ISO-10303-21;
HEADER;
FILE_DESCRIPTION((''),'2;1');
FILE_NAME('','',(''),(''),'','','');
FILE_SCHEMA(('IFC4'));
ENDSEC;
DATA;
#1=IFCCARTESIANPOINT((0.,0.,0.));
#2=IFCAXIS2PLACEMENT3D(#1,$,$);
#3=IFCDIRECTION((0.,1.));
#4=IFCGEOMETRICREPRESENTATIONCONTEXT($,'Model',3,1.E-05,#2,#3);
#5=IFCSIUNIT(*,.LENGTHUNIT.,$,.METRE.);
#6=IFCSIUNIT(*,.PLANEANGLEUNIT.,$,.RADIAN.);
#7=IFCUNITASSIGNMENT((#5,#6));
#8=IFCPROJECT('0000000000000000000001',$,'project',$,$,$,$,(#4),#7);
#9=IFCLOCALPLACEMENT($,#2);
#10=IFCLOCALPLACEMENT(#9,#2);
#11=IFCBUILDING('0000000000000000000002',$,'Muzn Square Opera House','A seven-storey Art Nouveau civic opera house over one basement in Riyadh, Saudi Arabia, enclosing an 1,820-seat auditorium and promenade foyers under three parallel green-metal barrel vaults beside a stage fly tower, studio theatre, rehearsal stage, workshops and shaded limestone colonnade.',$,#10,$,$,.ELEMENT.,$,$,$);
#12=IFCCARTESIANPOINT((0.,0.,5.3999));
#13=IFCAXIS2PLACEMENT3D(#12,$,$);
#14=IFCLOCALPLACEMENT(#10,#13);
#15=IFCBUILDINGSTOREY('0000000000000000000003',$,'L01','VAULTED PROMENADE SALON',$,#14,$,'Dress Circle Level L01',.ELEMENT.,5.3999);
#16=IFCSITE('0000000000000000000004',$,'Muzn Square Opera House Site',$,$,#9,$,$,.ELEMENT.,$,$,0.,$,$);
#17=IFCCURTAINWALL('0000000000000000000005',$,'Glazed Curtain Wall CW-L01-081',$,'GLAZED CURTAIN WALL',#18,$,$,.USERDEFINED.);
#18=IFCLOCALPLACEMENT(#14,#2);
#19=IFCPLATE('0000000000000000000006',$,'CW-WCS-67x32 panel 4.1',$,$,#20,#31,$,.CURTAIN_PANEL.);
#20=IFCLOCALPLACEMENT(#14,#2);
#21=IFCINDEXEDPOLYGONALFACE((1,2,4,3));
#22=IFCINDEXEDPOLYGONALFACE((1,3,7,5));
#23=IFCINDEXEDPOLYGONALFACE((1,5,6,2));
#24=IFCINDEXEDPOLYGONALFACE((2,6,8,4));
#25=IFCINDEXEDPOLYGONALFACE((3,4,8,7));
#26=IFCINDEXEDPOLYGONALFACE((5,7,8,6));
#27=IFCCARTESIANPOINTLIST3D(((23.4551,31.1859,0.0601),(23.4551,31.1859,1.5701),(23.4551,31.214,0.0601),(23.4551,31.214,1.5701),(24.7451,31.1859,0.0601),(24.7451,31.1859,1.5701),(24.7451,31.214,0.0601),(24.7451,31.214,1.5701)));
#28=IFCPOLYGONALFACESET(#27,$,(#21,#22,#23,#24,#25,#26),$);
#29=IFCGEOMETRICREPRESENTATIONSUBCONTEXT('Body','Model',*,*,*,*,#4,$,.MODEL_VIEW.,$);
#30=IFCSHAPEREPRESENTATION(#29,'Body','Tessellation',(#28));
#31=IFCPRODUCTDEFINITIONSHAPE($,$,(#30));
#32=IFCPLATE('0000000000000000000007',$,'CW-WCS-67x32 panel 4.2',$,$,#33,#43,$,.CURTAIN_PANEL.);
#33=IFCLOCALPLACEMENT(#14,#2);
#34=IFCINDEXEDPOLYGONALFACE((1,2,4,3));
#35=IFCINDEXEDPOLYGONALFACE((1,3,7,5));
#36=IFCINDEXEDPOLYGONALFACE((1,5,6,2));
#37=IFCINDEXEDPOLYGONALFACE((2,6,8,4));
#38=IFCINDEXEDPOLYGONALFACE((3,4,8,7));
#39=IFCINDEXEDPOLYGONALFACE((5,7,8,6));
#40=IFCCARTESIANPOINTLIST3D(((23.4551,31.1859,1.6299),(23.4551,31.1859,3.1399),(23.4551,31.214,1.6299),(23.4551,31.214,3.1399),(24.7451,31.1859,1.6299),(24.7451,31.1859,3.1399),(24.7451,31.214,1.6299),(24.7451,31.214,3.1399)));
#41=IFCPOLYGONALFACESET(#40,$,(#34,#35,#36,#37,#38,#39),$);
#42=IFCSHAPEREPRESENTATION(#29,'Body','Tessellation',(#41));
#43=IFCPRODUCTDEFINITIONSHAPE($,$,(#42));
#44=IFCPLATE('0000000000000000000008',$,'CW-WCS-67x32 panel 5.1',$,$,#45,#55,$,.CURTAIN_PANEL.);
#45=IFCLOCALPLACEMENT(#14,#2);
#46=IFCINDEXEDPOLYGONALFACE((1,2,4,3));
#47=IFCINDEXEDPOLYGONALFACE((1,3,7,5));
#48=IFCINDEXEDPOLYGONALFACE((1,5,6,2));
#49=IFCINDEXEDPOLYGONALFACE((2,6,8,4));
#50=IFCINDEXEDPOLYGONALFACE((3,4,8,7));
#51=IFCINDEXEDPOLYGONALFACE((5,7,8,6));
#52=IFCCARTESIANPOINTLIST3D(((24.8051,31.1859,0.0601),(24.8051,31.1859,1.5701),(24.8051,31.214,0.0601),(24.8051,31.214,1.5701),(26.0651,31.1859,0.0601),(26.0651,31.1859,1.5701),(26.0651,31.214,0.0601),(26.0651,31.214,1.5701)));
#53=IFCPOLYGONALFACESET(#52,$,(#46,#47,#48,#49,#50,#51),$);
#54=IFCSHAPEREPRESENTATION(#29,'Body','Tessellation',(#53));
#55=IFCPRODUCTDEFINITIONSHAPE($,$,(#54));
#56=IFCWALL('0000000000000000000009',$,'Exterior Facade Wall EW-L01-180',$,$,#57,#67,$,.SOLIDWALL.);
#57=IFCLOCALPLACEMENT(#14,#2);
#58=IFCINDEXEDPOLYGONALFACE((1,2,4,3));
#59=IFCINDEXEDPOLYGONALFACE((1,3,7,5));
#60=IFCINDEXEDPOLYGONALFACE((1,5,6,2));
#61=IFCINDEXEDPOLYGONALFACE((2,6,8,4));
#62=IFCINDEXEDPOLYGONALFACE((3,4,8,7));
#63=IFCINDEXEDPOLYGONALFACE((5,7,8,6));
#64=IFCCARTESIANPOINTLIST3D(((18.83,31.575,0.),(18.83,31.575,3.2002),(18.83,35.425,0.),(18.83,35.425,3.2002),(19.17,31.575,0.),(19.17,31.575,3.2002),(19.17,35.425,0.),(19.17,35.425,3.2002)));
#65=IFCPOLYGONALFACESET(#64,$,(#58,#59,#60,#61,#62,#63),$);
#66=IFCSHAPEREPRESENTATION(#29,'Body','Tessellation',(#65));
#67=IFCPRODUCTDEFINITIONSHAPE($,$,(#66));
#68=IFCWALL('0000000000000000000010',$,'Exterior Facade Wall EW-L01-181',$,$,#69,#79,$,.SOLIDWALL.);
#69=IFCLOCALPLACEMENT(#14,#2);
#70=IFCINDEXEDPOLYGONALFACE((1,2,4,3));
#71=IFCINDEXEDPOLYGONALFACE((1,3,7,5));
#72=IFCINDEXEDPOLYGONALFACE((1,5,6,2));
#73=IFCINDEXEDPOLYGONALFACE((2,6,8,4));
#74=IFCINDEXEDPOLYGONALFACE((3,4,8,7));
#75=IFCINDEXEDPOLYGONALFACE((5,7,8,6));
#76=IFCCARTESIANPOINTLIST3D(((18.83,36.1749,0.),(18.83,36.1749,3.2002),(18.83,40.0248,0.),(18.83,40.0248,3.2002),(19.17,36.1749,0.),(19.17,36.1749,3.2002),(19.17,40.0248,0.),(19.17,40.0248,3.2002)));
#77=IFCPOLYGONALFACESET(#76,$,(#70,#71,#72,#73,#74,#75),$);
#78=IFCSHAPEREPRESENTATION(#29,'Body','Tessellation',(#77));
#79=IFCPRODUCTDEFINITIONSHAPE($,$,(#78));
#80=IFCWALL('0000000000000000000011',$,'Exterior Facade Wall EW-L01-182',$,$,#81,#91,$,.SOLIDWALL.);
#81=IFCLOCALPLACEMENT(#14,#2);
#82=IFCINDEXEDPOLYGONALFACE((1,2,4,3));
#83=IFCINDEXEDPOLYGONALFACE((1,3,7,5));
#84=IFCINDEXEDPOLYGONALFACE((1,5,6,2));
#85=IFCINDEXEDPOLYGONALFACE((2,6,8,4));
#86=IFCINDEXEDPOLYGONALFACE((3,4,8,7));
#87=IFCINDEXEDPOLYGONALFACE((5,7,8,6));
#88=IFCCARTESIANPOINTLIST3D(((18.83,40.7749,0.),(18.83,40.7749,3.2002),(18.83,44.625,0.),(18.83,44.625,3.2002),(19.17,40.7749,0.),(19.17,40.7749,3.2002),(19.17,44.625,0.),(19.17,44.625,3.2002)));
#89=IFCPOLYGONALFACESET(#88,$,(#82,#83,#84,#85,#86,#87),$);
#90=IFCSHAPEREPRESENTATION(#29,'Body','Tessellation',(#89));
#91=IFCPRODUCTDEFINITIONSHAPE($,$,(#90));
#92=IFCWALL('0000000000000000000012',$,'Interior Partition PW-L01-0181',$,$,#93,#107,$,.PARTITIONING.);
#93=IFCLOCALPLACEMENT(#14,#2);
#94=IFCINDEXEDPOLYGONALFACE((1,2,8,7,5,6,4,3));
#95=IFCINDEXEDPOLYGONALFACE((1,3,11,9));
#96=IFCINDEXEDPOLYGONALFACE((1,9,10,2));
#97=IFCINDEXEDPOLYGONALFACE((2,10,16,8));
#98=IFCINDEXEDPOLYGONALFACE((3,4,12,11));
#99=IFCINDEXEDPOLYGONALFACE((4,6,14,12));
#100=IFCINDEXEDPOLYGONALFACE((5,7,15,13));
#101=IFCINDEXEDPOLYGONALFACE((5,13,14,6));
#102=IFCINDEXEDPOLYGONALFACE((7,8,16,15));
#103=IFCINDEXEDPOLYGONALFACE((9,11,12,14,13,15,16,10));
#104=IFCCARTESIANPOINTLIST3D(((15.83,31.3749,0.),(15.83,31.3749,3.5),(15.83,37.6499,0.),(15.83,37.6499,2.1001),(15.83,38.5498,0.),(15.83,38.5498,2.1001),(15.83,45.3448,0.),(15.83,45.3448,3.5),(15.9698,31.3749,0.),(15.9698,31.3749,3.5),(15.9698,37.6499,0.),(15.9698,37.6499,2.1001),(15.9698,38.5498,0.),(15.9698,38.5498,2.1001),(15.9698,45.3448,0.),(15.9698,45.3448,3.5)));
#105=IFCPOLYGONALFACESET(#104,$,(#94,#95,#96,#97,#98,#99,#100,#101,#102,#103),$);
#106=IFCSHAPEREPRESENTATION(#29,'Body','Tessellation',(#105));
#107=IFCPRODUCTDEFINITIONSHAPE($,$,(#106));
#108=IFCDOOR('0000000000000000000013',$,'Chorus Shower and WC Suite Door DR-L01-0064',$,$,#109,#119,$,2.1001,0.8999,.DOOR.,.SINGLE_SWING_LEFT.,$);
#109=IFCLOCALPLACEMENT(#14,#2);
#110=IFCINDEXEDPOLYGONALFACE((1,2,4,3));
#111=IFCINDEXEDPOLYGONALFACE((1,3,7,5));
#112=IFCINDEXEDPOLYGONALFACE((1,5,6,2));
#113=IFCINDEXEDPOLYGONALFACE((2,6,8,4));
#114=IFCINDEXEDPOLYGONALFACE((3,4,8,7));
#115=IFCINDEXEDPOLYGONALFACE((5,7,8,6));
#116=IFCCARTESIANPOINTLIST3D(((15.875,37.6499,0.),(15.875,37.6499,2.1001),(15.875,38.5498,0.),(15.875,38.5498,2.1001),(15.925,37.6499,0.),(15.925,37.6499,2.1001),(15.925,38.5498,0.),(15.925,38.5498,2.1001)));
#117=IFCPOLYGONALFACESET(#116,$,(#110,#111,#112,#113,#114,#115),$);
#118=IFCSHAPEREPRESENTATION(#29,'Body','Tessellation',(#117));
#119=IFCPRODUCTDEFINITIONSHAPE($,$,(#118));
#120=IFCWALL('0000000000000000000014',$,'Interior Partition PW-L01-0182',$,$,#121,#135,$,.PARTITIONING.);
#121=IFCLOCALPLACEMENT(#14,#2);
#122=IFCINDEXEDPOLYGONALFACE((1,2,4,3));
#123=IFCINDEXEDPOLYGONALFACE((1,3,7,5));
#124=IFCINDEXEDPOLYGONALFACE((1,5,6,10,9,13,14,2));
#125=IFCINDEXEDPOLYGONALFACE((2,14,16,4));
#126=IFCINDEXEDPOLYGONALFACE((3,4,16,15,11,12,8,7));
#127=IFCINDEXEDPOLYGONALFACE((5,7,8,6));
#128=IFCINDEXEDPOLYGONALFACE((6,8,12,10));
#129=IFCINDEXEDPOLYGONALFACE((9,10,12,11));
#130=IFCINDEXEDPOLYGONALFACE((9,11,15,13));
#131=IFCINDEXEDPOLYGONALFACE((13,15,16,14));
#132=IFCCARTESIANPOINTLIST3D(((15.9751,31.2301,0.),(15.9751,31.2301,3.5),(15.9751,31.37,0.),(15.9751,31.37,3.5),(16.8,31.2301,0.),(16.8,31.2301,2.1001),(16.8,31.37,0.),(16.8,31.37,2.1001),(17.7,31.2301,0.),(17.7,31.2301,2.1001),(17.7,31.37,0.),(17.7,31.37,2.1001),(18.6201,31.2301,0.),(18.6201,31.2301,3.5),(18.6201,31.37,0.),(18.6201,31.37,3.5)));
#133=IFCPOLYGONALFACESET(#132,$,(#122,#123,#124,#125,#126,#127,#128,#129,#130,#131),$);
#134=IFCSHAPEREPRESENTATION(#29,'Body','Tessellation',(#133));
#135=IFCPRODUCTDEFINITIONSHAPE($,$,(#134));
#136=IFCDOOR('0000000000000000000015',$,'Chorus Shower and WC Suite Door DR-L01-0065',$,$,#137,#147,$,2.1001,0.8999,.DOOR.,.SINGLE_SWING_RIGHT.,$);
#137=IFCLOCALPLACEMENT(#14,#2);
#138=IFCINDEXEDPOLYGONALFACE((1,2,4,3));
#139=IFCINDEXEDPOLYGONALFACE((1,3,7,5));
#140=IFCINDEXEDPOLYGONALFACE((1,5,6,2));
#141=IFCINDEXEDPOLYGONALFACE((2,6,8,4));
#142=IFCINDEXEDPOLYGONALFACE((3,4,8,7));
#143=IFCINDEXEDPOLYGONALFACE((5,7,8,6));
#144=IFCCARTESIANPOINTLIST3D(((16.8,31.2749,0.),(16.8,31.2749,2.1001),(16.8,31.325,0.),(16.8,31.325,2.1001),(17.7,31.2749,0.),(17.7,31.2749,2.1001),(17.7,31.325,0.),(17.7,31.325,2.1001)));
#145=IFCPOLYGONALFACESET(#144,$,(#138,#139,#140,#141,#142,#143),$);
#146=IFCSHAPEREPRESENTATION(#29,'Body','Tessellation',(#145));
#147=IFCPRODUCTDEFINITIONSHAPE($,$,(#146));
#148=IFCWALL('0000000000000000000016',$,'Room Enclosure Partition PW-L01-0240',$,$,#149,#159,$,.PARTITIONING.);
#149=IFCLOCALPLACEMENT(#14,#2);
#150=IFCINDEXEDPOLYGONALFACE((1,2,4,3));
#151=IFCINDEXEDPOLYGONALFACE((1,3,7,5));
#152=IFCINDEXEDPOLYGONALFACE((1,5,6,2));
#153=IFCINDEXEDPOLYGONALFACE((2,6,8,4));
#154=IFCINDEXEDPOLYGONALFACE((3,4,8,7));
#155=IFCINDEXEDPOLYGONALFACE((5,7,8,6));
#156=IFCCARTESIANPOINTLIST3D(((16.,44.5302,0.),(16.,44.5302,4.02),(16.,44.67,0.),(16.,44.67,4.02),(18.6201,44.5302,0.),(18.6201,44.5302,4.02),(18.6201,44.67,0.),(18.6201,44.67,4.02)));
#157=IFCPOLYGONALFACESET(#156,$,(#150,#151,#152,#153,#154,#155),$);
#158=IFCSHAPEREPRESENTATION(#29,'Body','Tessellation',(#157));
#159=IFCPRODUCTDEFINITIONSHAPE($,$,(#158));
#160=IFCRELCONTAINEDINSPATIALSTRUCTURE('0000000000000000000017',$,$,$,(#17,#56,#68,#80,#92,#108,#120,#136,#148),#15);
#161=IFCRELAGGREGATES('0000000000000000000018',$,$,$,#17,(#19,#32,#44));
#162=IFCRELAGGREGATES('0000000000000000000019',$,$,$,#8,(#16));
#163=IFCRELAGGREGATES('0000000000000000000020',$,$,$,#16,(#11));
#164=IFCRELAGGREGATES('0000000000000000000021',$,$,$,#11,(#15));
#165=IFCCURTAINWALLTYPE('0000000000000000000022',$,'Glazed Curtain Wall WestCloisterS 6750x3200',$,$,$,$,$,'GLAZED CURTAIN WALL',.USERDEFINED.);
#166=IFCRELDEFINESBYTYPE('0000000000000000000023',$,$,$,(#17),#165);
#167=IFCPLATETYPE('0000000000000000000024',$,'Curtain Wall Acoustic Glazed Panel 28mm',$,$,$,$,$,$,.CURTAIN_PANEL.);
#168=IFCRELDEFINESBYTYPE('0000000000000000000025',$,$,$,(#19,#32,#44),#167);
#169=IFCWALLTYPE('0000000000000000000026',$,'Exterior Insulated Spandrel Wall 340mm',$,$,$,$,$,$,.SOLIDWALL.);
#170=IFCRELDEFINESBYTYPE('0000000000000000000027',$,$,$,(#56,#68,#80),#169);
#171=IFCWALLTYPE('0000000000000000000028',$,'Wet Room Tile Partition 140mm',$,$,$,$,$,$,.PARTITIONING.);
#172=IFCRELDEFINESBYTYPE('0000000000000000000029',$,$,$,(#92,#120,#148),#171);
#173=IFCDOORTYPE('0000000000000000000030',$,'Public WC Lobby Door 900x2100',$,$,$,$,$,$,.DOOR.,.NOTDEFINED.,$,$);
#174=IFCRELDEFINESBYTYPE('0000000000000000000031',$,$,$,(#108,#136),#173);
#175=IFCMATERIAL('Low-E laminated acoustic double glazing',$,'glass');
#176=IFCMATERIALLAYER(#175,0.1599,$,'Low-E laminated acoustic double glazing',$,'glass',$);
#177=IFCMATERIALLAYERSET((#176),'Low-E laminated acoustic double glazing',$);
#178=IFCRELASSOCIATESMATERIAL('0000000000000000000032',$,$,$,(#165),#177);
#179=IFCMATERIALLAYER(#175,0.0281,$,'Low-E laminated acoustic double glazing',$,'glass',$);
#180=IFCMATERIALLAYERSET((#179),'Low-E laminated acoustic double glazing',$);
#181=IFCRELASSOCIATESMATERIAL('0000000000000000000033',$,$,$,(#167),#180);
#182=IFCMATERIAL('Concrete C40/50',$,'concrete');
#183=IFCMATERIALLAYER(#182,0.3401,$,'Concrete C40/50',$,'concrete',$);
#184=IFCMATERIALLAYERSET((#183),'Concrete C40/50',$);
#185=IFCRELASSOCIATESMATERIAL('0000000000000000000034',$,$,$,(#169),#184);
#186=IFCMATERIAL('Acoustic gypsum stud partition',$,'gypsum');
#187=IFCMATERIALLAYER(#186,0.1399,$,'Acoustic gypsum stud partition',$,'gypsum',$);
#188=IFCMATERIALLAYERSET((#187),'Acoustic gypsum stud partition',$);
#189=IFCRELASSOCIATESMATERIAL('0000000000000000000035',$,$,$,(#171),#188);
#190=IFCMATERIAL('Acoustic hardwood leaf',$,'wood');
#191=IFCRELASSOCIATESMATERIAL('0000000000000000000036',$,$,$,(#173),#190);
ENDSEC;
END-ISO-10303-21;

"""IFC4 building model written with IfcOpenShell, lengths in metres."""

from ifc_helpers import new_model, si_unit, direction, frame, frame_2d, origin, origin_2d, place, context, subcontext, project, spatial, rectangle, extrude, material, layer, layer_set, type_object, element, fill, aggregate, save


model = new_model("IFC4")

# Units and contexts
model_context = context("Model", 3, precision=1e-05, world=origin(), true_north=direction((0.0, 1.0)))
body_context = subcontext(model_context, "Body", "Model", "MODEL_VIEW")
ifc_project = project(units=[si_unit("LENGTHUNIT", "METRE"), si_unit("PLANEANGLEUNIT", "RADIAN")], contexts=[model_context])

# Site, building, storey
site_placement = place(None, origin())
site = spatial("IfcSite", under=ifc_project, at=site_placement, Name="Muzn Square Opera House Site", CompositionType="ELEMENT", RefElevation=0.0)
building_placement = place(site_placement, origin())
building = spatial("IfcBuilding", under=site, at=building_placement, Name="Muzn Square Opera House", Description="A seven-storey Art Nouveau civic opera house over one basement in Riyadh, Saudi Arabia, enclosing an 1,820-seat auditorium and promenade foyers under three parallel green-metal barrel vaults beside a stage fly tower, studio theatre, rehearsal stage, workshops and shaded limestone colonnade.", CompositionType="ELEMENT")
storey_placement = place(building_placement, frame((0.0, 0.0, 5.3999)))
storey = spatial("IfcBuildingStorey", under=building, at=storey_placement, Name="L01", Description="VAULTED PROMENADE SALON", LongName="Dress Circle Level L01", CompositionType="ELEMENT", Elevation=5.3999)

# Curtain wall
ifc_material_1 = material(Name="Low-E laminated acoustic double glazing", Category="glass")
ifc_layer_1 = layer(ifc_material_1, 0.1599, Name="Low-E laminated acoustic double glazing", Category="glass")
ifc_layer_set_1 = layer_set([ifc_layer_1], Name="Low-E laminated acoustic double glazing")
curtain_wall_type = type_object("IfcCurtainWallType", Name="Glazed Curtain Wall WestCloisterS 6750x3200", ElementType="GLAZED CURTAIN WALL", PredefinedType="USERDEFINED", material=ifc_layer_set_1)
curtain_wall_placement = place(storey_placement, origin())
curtain_wall = element("IfcCurtainWall", 1, at=curtain_wall_placement, inside=storey, type_object=curtain_wall_type, Name="Glazed Curtain Wall CW-L01-081", ObjectType="GLAZED CURTAIN WALL", PredefinedType="USERDEFINED")

# Shared definitions
ifc_material_2 = material(Name="Concrete C40/50", Category="concrete")

# Plates
ifc_layer_2 = layer(ifc_material_1, 0.0281, Name="Low-E laminated acoustic double glazing", Category="glass")
ifc_layer_set_2 = layer_set([ifc_layer_2], Name="Low-E laminated acoustic double glazing")
plate_type = type_object("IfcPlateType", Name="Curtain Wall Acoustic Glazed Panel 28mm", PredefinedType="CURTAIN_PANEL", material=ifc_layer_set_2)
plate_1_placement = place(storey_placement, frame((24.1001, 31.2, 0.0601), z_axis=(0.0, 0.0, 1.0), x_axis=(1.0, 0.0, 0.0)))
plate_1 = element("IfcPlate", 2, at=plate_1_placement, type_object=plate_type, Name="CW-WCS-67x32 panel 4.1", PredefinedType="CURTAIN_PANEL", context=body_context, shape_type="SweptSolid", body=[
    extrude(rectangle(XDim=1.29, YDim=0.0281, at=origin_2d()), origin(), (0.0, 0.0, 1.0), 1.51),
])
plate_2_placement = place(storey_placement, frame((24.1001, 31.2, 1.6299), z_axis=(0.0, 0.0, 1.0), x_axis=(1.0, 0.0, 0.0)))
plate_2 = element("IfcPlate", 3, at=plate_2_placement, type_object=plate_type, Name="CW-WCS-67x32 panel 4.2", PredefinedType="CURTAIN_PANEL", context=body_context, shape_type="SweptSolid", body=[
    extrude(rectangle(XDim=1.29, YDim=0.0281, at=origin_2d()), origin(), (0.0, 0.0, 1.0), 1.51),
])
plate_3_placement = place(storey_placement, frame((25.4351, 31.2, 0.0601), z_axis=(0.0, 0.0, 1.0), x_axis=(1.0, 0.0, 0.0)))
plate_3 = element("IfcPlate", 4, at=plate_3_placement, type_object=plate_type, Name="CW-WCS-67x32 panel 5.1", PredefinedType="CURTAIN_PANEL", context=body_context, shape_type="SweptSolid", body=[
    extrude(rectangle(XDim=1.26, YDim=0.0281, at=origin_2d()), origin(), (0.0, 0.0, 1.0), 1.51),
])
aggregate(curtain_wall, [plate_1, plate_2, plate_3])

# Walls
ifc_layer_3 = layer(ifc_material_2, 0.3401, Name="Concrete C40/50", Category="concrete")
ifc_layer_set_3 = layer_set([ifc_layer_3], Name="Concrete C40/50")
wall_type_1 = type_object("IfcWallType", Name="Exterior Insulated Spandrel Wall 340mm", PredefinedType="SOLIDWALL", material=ifc_layer_set_3)
wall_1_placement = place(storey_placement, frame((19.0, 31.575, 0.0), z_axis=(0.0, 0.0, 1.0), x_axis=(0.0, 1.0, 0.0)))
element("IfcWall", 5, at=wall_1_placement, inside=storey, type_object=wall_type_1, Name="Exterior Facade Wall EW-L01-180", PredefinedType="SOLIDWALL", context=body_context, shape_type="SweptSolid", body=[
    extrude(rectangle(XDim=3.8501, YDim=0.3401, at=frame_2d((1.925, 0.0))), origin(), (0.0, 0.0, 1.0), 3.2002),
])
wall_2_placement = place(storey_placement, frame((19.0, 36.175, 0.0), z_axis=(0.0, 0.0, 1.0), x_axis=(0.0, 1.0, 0.0)))
element("IfcWall", 6, at=wall_2_placement, inside=storey, type_object=wall_type_1, Name="Exterior Facade Wall EW-L01-181", PredefinedType="SOLIDWALL", context=body_context, shape_type="SweptSolid", body=[
    extrude(rectangle(XDim=3.8499, YDim=0.3401, at=frame_2d((1.9248, 0.0))), origin(), (0.0, 0.0, 1.0), 3.2002),
])
wall_3_placement = place(storey_placement, frame((19.0, 40.7749, 0.0), z_axis=(0.0, 0.0, 1.0), x_axis=(0.0, 1.0, 0.0)))
element("IfcWall", 7, at=wall_3_placement, inside=storey, type_object=wall_type_1, Name="Exterior Facade Wall EW-L01-182", PredefinedType="SOLIDWALL", context=body_context, shape_type="SweptSolid", body=[
    extrude(rectangle(XDim=3.8501, YDim=0.3401, at=frame_2d((1.925, 0.0))), origin(), (0.0, 0.0, 1.0), 3.2002),
])

# Walls, openings, doors
ifc_material_3 = material(Name="Acoustic gypsum stud partition", Category="gypsum")
ifc_layer_4 = layer(ifc_material_3, 0.1399, Name="Acoustic gypsum stud partition", Category="gypsum")
ifc_layer_set_4 = layer_set([ifc_layer_4], Name="Acoustic gypsum stud partition")
wall_type_2 = type_object("IfcWallType", Name="Wet Room Tile Partition 140mm", PredefinedType="PARTITIONING", material=ifc_layer_set_4)
wall_4_placement = place(storey_placement, frame((15.8999, 31.375, 0.0), z_axis=(0.0, 0.0, 1.0), x_axis=(0.0, 1.0, 0.0)))
wall_4 = element("IfcWall", 8, at=wall_4_placement, inside=storey, type_object=wall_type_2, Name="Interior Partition PW-L01-0181", PredefinedType="PARTITIONING", context=body_context, shape_type="SweptSolid", body=[
    extrude(rectangle(XDim=13.97, YDim=0.1399, at=frame_2d((6.9849, 0.0))), origin(), (0.0, 0.0, 1.0), 3.5),
])
opening_1_placement = place(wall_4_placement, frame((6.2749, 0.0, 0.0)))
opening_1 = element("IfcOpeningElement", 9, at=opening_1_placement, cuts=wall_4, PredefinedType="OPENING", context=body_context, shape_type="SweptSolid", body=[
    extrude(rectangle(XDim=0.8999, YDim=2.1001, at=frame_2d((0.45, 1.05))), frame((0.0, 0.0798, 0.0), z_axis=(0.0, -1.0, 0.0), x_axis=(1.0, 0.0, 0.0)), (0.0, 0.0, 1.0), 0.1599),
])
ifc_material_4 = material(Name="Acoustic hardwood leaf", Category="wood")
door_type = type_object("IfcDoorType", Name="Public WC Lobby Door 900x2100", OperationType="NOTDEFINED", PredefinedType="DOOR", material=ifc_material_4)
door_1_placement = place(opening_1_placement, origin())
door_1 = element("IfcDoor", 10, at=door_1_placement, inside=storey, type_object=door_type, Name="Chorus Shower and WC Suite Door DR-L01-0064", OperationType="SINGLE_SWING_LEFT", OverallHeight=2.1001, OverallWidth=0.8999, PredefinedType="DOOR", context=body_context, shape_type="SweptSolid", body=[
    extrude(rectangle(XDim=0.8999, YDim=2.1001, at=frame_2d((0.45, 1.05))), frame((0.0, 0.0249, 0.0), z_axis=(0.0, -1.0, 0.0), x_axis=(1.0, 0.0, 0.0)), (0.0, 0.0, 1.0), 0.05),
])
fill(opening_1, door_1)
wall_5_placement = place(storey_placement, frame((15.9751, 31.3, 0.0), z_axis=(0.0, 0.0, 1.0), x_axis=(1.0, 0.0, 0.0)))
wall_5 = element("IfcWall", 11, at=wall_5_placement, inside=storey, type_object=wall_type_2, Name="Interior Partition PW-L01-0182", PredefinedType="PARTITIONING", context=body_context, shape_type="SweptSolid", body=[
    extrude(rectangle(XDim=2.645, YDim=0.1399, at=frame_2d((1.3225, 0.0))), origin(), (0.0, 0.0, 1.0), 3.5),
])
opening_2_placement = place(wall_5_placement, frame((0.825, 0.0, 0.0)))
opening_2 = element("IfcOpeningElement", 12, at=opening_2_placement, cuts=wall_5, PredefinedType="OPENING", context=body_context, shape_type="SweptSolid", body=[
    extrude(rectangle(XDim=0.8999, YDim=2.1001, at=frame_2d((0.45, 1.05))), frame((0.0, 0.0798, 0.0), z_axis=(0.0, -1.0, 0.0), x_axis=(1.0, 0.0, 0.0)), (0.0, 0.0, 1.0), 0.1599),
])
door_2_placement = place(opening_2_placement, origin())
door_2 = element("IfcDoor", 13, at=door_2_placement, inside=storey, type_object=door_type, Name="Chorus Shower and WC Suite Door DR-L01-0065", OperationType="SINGLE_SWING_RIGHT", OverallHeight=2.1001, OverallWidth=0.8999, PredefinedType="DOOR", context=body_context, shape_type="SweptSolid", body=[
    extrude(rectangle(XDim=0.8999, YDim=2.1001, at=frame_2d((0.45, 1.05))), frame((0.0, 0.0249, 0.0), z_axis=(0.0, -1.0, 0.0), x_axis=(1.0, 0.0, 0.0)), (0.0, 0.0, 1.0), 0.05),
])
fill(opening_2, door_2)

# Wall
wall_6_placement = place(storey_placement, frame((16.0, 44.6001, 0.0), z_axis=(0.0, 0.0, 1.0), x_axis=(1.0, 0.0, 0.0)))
element("IfcWall", 14, at=wall_6_placement, inside=storey, type_object=wall_type_2, Name="Room Enclosure Partition PW-L01-0240", PredefinedType="PARTITIONING", context=body_context, shape_type="SweptSolid", body=[
    extrude(rectangle(XDim=2.6201, YDim=0.1399, at=frame_2d((1.3101, 0.0))), origin(), (0.0, 0.0, 1.0), 4.02),
])

save(model, "model.ifc")
